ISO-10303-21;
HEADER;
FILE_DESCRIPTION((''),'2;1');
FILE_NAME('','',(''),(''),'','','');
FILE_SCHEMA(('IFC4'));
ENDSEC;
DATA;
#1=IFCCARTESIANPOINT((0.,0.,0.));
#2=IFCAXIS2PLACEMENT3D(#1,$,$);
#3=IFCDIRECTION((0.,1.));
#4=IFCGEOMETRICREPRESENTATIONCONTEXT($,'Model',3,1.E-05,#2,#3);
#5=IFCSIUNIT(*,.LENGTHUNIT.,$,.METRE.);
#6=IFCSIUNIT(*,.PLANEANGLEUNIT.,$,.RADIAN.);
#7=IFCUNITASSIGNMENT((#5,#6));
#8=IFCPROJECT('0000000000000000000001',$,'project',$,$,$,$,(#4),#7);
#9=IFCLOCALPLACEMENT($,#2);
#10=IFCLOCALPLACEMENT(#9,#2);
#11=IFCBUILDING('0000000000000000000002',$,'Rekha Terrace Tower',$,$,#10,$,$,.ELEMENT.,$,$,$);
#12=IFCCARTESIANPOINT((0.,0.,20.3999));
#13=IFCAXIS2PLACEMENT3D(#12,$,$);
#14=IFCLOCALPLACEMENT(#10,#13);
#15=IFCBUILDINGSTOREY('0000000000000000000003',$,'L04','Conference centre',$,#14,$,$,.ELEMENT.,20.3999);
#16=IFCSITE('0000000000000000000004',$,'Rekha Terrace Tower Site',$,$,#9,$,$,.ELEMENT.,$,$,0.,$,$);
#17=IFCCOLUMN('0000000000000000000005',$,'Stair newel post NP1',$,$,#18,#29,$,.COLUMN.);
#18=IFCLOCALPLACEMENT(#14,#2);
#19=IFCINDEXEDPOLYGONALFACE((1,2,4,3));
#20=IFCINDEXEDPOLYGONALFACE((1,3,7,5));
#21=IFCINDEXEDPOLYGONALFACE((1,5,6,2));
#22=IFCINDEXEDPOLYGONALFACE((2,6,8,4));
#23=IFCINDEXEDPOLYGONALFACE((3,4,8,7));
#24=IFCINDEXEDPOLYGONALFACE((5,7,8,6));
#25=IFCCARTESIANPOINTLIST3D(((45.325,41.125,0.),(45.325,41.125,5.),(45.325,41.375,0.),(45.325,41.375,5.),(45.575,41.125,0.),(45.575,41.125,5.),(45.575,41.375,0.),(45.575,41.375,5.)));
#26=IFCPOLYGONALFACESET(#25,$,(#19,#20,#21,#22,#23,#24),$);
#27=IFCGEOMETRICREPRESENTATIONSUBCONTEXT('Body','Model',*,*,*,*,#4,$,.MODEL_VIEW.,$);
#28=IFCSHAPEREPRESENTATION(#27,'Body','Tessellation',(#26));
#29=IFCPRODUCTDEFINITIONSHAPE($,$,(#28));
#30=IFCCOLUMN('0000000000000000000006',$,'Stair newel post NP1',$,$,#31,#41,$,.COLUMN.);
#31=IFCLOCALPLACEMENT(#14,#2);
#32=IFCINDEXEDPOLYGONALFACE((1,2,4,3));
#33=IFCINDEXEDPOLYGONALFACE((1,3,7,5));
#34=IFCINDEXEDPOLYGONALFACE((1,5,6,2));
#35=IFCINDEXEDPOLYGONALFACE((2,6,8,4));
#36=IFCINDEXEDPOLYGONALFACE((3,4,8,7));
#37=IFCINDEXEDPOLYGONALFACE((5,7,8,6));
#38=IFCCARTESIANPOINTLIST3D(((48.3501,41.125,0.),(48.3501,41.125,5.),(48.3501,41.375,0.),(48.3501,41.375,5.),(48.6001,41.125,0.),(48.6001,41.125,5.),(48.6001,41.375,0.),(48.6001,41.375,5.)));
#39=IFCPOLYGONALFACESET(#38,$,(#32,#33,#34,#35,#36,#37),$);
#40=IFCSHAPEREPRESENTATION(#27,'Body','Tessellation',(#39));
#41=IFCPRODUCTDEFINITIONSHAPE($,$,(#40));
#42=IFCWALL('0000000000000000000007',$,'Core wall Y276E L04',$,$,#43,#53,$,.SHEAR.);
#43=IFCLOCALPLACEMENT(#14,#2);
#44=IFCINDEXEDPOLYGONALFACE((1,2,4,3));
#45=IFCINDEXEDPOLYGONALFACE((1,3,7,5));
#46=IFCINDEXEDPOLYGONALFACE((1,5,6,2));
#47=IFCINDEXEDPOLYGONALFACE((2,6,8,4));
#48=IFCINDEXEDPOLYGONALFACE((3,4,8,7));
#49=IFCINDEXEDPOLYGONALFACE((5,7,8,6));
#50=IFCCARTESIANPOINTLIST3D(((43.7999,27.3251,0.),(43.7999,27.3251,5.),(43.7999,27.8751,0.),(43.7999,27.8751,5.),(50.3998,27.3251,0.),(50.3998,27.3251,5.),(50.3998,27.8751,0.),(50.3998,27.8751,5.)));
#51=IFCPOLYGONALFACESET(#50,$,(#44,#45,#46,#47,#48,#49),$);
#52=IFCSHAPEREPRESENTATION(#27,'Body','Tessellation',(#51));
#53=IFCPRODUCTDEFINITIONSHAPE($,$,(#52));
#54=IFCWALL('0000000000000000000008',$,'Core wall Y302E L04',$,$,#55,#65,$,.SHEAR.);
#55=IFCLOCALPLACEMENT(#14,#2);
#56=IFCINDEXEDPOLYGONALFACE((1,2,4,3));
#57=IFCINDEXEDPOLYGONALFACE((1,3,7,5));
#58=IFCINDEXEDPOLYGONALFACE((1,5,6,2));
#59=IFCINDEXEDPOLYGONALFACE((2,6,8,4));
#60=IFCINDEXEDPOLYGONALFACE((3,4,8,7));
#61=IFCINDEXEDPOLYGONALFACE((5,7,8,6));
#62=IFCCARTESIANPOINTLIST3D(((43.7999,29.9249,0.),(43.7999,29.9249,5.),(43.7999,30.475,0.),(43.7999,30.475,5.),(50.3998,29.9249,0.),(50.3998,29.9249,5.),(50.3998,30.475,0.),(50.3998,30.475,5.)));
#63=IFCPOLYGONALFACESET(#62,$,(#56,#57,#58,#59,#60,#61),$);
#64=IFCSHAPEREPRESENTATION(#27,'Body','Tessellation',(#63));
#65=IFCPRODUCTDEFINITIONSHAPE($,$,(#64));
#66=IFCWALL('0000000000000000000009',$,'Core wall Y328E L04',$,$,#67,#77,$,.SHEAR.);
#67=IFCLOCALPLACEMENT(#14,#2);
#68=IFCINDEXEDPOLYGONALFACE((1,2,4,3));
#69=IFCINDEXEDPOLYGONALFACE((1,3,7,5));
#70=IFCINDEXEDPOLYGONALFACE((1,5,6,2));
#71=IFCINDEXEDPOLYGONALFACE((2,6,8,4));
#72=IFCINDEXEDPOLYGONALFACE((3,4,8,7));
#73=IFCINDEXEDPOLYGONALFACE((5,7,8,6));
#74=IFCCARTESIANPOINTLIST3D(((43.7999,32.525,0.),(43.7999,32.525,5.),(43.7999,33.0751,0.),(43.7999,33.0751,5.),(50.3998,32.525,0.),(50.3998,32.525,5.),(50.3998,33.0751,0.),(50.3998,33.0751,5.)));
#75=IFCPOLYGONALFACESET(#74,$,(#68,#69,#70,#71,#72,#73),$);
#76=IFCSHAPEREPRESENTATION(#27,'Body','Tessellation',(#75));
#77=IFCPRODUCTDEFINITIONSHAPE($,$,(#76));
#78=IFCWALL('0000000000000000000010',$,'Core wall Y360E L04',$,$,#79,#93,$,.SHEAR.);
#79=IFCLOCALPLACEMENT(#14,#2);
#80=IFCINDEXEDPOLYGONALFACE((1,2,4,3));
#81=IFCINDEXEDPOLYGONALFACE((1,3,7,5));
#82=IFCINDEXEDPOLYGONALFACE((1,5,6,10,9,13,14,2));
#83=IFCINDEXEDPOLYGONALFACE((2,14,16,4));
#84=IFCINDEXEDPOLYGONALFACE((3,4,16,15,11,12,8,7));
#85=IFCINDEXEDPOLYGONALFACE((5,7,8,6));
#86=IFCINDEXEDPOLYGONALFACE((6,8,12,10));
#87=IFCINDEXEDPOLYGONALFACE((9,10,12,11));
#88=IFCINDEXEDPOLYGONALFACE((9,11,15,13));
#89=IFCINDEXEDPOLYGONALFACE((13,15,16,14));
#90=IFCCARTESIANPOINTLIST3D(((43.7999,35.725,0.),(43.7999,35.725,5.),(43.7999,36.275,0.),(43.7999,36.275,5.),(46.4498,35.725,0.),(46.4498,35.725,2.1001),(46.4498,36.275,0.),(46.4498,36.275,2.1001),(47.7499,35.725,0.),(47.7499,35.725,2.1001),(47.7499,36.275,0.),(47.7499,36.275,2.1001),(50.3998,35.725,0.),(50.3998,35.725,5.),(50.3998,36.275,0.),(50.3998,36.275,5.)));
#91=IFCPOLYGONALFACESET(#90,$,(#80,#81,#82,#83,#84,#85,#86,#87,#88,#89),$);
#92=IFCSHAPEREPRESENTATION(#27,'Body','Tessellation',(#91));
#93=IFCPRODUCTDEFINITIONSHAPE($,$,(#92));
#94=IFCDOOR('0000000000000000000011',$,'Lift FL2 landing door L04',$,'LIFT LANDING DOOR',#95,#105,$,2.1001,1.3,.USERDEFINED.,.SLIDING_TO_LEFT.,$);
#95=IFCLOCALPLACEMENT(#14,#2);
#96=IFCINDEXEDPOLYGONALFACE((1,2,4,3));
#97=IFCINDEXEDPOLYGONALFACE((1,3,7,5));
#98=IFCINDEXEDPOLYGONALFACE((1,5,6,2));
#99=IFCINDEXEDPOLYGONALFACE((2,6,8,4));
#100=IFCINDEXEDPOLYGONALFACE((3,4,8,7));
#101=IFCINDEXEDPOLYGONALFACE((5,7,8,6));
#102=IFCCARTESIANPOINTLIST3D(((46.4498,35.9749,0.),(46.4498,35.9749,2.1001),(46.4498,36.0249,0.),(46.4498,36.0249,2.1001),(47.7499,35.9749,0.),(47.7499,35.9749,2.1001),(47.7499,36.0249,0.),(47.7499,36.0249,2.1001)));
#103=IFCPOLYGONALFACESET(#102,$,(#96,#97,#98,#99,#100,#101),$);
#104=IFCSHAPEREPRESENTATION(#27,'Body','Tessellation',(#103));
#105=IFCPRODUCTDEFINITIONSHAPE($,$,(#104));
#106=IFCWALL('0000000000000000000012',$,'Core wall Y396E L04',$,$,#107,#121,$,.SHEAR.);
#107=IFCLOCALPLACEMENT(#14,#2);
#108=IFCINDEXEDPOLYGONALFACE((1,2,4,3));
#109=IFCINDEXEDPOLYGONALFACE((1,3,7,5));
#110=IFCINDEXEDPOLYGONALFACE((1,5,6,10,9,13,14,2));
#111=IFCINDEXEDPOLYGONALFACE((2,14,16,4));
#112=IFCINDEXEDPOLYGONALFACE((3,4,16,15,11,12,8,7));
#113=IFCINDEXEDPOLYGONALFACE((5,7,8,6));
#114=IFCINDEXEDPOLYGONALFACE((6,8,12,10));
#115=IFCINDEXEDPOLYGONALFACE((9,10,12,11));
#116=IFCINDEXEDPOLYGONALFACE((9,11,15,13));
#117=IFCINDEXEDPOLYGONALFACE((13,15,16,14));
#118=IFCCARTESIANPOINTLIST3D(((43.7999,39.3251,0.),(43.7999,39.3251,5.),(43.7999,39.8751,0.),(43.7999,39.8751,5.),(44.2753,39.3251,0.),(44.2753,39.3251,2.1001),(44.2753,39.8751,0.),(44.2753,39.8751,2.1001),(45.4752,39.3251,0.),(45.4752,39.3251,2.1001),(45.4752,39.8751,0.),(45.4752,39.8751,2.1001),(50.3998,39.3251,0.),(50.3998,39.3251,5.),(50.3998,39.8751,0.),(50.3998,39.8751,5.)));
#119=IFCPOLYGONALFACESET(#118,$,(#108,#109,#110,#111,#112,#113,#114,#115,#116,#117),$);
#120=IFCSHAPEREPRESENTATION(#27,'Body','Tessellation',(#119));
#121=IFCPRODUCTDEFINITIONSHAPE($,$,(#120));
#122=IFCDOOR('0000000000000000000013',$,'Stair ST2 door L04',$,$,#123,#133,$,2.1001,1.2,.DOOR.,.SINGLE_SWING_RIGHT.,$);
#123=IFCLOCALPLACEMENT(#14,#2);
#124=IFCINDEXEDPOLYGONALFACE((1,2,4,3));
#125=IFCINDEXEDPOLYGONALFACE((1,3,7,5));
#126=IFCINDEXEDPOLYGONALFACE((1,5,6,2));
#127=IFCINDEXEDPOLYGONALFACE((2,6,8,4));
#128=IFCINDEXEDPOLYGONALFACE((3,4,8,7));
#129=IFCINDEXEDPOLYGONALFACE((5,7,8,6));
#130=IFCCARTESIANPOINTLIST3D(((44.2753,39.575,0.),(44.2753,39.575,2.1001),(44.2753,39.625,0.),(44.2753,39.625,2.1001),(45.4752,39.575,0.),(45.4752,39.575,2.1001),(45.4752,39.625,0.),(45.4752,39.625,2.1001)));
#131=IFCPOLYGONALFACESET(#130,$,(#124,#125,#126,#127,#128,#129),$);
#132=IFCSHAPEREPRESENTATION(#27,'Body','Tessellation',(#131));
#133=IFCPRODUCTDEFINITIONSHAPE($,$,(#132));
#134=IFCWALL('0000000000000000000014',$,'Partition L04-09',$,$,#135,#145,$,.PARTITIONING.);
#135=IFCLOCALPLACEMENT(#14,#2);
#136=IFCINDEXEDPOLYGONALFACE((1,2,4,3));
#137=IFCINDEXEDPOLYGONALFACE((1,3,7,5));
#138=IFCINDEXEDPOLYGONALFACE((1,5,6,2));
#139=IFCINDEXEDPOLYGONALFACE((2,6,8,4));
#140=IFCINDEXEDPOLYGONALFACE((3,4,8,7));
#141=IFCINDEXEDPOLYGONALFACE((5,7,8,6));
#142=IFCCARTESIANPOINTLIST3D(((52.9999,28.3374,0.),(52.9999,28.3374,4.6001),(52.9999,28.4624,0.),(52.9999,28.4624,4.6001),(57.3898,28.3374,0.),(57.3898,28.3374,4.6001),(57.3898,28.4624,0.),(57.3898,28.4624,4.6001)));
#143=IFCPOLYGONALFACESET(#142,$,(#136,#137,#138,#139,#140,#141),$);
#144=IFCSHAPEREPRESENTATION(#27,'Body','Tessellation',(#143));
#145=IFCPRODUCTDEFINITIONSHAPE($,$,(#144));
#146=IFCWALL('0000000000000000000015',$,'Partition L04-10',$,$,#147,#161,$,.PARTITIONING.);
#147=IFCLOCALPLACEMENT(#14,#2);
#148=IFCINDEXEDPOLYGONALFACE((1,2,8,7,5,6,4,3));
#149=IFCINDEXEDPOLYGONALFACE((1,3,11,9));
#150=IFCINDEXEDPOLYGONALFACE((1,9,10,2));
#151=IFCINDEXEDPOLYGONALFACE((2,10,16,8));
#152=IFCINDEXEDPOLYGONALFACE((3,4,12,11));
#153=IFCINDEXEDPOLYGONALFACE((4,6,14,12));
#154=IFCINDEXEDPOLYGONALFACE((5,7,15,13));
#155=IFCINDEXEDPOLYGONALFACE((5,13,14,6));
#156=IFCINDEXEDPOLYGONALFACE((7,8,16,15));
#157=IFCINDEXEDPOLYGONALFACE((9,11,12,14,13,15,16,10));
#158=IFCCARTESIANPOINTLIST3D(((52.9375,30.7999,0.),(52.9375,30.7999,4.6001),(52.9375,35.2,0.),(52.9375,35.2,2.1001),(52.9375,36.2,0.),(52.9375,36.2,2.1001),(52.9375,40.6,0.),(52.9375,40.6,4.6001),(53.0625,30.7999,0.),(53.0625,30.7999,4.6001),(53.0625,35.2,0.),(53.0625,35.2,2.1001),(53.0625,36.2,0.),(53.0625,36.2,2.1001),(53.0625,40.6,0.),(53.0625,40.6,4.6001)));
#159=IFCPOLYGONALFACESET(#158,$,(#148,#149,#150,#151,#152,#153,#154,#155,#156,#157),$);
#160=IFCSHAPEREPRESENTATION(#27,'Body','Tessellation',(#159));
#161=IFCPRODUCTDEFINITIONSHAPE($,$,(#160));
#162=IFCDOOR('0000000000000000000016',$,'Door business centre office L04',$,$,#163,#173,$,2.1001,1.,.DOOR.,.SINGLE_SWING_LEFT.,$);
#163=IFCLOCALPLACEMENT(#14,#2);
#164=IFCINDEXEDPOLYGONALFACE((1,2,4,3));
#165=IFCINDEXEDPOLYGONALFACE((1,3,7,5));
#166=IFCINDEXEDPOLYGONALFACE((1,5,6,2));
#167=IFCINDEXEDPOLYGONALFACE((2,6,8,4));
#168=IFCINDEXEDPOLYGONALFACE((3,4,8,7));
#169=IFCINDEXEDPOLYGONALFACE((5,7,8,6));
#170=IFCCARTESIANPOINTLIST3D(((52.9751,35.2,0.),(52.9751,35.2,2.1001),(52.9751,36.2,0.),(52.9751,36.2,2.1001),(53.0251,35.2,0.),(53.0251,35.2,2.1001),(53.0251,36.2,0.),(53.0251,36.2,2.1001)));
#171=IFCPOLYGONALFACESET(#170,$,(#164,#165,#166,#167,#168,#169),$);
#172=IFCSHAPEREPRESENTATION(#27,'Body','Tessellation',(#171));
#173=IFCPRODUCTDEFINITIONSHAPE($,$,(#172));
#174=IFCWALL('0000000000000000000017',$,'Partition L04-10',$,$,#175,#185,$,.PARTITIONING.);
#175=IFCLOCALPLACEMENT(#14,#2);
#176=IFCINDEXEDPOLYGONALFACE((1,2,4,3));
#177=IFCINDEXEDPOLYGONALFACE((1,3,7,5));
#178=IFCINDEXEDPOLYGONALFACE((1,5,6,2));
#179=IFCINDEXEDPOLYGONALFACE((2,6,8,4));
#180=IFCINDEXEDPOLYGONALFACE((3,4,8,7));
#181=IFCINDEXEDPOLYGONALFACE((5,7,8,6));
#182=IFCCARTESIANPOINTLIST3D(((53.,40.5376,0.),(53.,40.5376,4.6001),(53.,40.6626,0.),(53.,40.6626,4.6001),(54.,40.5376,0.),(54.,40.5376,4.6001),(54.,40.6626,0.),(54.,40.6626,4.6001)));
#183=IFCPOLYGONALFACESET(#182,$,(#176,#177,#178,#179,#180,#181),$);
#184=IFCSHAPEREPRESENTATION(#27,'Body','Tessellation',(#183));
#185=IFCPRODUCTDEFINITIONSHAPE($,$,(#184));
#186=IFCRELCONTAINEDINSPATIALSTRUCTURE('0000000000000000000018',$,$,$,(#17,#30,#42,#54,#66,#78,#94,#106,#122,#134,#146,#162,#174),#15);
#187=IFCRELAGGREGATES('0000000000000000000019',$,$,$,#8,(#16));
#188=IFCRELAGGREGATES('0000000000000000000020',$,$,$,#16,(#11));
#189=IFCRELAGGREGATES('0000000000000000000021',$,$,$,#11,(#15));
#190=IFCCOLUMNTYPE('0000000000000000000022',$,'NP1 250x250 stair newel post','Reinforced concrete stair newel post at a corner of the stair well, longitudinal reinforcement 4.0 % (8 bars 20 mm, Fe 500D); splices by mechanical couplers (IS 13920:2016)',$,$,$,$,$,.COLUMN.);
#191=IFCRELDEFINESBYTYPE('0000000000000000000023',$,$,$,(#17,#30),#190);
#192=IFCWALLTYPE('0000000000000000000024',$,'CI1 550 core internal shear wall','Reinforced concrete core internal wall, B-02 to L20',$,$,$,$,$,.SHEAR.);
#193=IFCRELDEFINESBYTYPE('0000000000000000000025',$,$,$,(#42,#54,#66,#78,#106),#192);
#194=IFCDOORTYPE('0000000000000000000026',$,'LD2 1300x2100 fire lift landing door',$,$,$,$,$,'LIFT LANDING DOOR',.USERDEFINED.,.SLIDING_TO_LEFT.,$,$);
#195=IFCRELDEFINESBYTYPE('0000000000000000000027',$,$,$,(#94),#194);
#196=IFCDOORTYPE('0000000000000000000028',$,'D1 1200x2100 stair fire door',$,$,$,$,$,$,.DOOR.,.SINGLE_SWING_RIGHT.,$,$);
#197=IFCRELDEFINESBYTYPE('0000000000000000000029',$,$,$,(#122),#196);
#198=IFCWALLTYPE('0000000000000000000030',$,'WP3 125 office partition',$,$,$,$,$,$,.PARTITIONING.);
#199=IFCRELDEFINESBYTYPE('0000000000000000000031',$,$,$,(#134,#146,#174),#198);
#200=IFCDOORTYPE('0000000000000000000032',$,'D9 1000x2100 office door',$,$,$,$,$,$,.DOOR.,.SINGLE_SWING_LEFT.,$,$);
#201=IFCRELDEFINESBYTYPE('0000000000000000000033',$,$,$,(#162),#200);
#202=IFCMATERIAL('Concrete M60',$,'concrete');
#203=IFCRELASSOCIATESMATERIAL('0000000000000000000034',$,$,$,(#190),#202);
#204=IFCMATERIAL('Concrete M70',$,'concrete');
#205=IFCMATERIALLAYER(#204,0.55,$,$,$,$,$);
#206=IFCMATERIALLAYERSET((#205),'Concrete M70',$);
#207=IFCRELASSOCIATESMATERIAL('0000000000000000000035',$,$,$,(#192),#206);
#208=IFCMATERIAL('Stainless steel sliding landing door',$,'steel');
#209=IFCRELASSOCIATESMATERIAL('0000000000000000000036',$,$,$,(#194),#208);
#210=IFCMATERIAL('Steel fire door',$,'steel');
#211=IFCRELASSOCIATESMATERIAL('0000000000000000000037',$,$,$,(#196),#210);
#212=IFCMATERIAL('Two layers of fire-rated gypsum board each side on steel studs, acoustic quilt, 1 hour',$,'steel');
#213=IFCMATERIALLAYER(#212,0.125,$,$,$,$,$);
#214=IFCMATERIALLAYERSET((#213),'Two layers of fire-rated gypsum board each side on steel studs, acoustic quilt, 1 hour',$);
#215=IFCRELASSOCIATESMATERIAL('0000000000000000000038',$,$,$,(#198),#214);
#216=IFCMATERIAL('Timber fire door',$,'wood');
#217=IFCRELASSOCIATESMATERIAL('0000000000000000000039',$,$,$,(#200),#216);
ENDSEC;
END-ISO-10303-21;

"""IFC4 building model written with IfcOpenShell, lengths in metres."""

from ifc_helpers import new_model, si_unit, direction, frame, frame_2d, origin, origin_2d, place, context, subcontext, project, spatial, rectangle, extrude, material, layer, layer_set, material_profile, profile_set, type_object, element, fill, save


model = new_model("IFC4")

# Units and contexts
model_context = context("Model", 3, precision=1e-05, world=origin(), true_north=direction((0.0, 1.0)))
body_context = subcontext(model_context, "Body", "Model", "MODEL_VIEW")
ifc_project = project(units=[si_unit("LENGTHUNIT", "METRE"), si_unit("PLANEANGLEUNIT", "RADIAN")], contexts=[model_context])

# Site, building, storey
site_placement = place(None, origin())
site = spatial("IfcSite", under=ifc_project, at=site_placement, Name="Rekha Terrace Tower Site", CompositionType="ELEMENT", RefElevation=0.0)
building_placement = place(site_placement, origin())
building = spatial("IfcBuilding", under=site, at=building_placement, Name="Rekha Terrace Tower", CompositionType="ELEMENT")
storey_placement = place(building_placement, frame((0.0, 0.0, 20.3999)))
storey = spatial("IfcBuildingStorey", under=building, at=storey_placement, Name="L04", Description="Conference centre", CompositionType="ELEMENT", Elevation=20.3999)

# Columns
ifc_material_1 = material(Name="Concrete M60", Category="concrete")
ifc_material_profile = material_profile(ifc_material_1, rectangle(XDim=0.25, YDim=0.25, at=origin_2d()), Name="RC 250x250")
ifc_profile_set = profile_set([ifc_material_profile], Name="Concrete M60")
column_type = type_object("IfcColumnType", Name="NP1 250x250 stair newel post", Description="Reinforced concrete stair newel post at a corner of the stair well, longitudinal reinforcement 4.0 % (8 bars 20 mm, Fe 500D); splices by mechanical couplers (IS 13920:2016)", PredefinedType="COLUMN", material=ifc_profile_set)
for number, where, z_axis, x_axis, name in (
    (1, (45.45, 41.25, 0.0), (0.0, 0.0, 1.0), (1.0, 0.0, 0.0), "Stair newel post NP1"),
    (2, (48.4751, 41.25, 0.0), (0.0, 0.0, 1.0), (1.0, 0.0, 0.0), "Stair newel post NP1"),
):
    element("IfcColumn", number, at=place(storey_placement, frame(where, z_axis=z_axis, x_axis=x_axis)), inside=storey, type_object=column_type, Name=name, PredefinedType="COLUMN", context=body_context, shape_type="SweptSolid", body=[
        extrude(rectangle(XDim=0.25, YDim=0.25, at=origin_2d()), origin(), (0.0, 0.0, 1.0), 5.0),
    ])

# Walls
ifc_material_2 = material(Name="Concrete M70", Category="concrete")
ifc_layer_1 = layer(ifc_material_2, 0.55)
ifc_layer_set_1 = layer_set([ifc_layer_1], Name="Concrete M70")
wall_type_1 = type_object("IfcWallType", Name="CI1 550 core internal shear wall", Description="Reinforced concrete core internal wall, B-02 to L20", PredefinedType="SHEAR", material=ifc_layer_set_1)
for number, where, z_axis, x_axis, name in (
    (3, (43.8, 27.6001, 0.0), (0.0, 0.0, 1.0), (1.0, 0.0, 0.0), "Core wall Y276E L04"),
    (4, (43.8, 30.2, 0.0), (0.0, 0.0, 1.0), (1.0, 0.0, 0.0), "Core wall Y302E L04"),
    (5, (43.8, 32.8, 0.0), (0.0, 0.0, 1.0), (1.0, 0.0, 0.0), "Core wall Y328E L04"),
):
    element("IfcWall", number, at=place(storey_placement, frame(where, z_axis=z_axis, x_axis=x_axis)), inside=storey, type_object=wall_type_1, Name=name, PredefinedType="SHEAR", context=body_context, shape_type="SweptSolid", body=[
        extrude(rectangle(XDim=6.5999, YDim=0.55, at=frame_2d((3.2998, 0.0))), origin(), (0.0, 0.0, 1.0), 5.0),
    ])

# Walls, openings, doors
wall_1_placement = place(storey_placement, frame((43.8, 36.0, 0.0), z_axis=(0.0, 0.0, 1.0), x_axis=(1.0, 0.0, 0.0)))
wall_1 = element("IfcWall", 6, at=wall_1_placement, inside=storey, type_object=wall_type_1, Name="Core wall Y360E L04", PredefinedType="SHEAR", context=body_context, shape_type="SweptSolid", body=[
    extrude(rectangle(XDim=6.5999, YDim=0.55, at=frame_2d((3.2998, 0.0))), origin(), (0.0, 0.0, 1.0), 5.0),
])
opening_1_placement = place(wall_1_placement, frame((2.6499, 0.0, 0.0)))
opening_1 = element("IfcOpeningElement", 7, at=opening_1_placement, cuts=wall_1, PredefinedType="OPENING", context=body_context, shape_type="SweptSolid", body=[
    extrude(rectangle(XDim=1.3, YDim=2.1001, at=frame_2d((0.6499, 1.05))), frame((0.0, 0.2849, 0.0), z_axis=(0.0, -1.0, 0.0), x_axis=(1.0, 0.0, 0.0)), (0.0, 0.0, 1.0), 0.5701),
])
ifc_material_3 = material(Name="Stainless steel sliding landing door", Category="steel")
door_type_1 = type_object("IfcDoorType", Name="LD2 1300x2100 fire lift landing door", ElementType="LIFT LANDING DOOR", OperationType="SLIDING_TO_LEFT", PredefinedType="USERDEFINED", material=ifc_material_3)
door_1_placement = place(opening_1_placement, origin())
door_1 = element("IfcDoor", 8, at=door_1_placement, inside=storey, type_object=door_type_1, Name="Lift FL2 landing door L04", ObjectType="LIFT LANDING DOOR", OperationType="SLIDING_TO_LEFT", OverallHeight=2.1001, OverallWidth=1.3, PredefinedType="USERDEFINED", context=body_context, shape_type="SweptSolid", body=[
    extrude(rectangle(XDim=1.3, YDim=2.1001, at=frame_2d((0.6499, 1.05))), frame((0.0, 0.0249, 0.0), z_axis=(0.0, -1.0, 0.0), x_axis=(1.0, 0.0, 0.0)), (0.0, 0.0, 1.0), 0.05),
])
fill(opening_1, door_1)
wall_2_placement = place(storey_placement, frame((43.8, 39.6001, 0.0), z_axis=(0.0, 0.0, 1.0), x_axis=(1.0, 0.0, 0.0)))
wall_2 = element("IfcWall", 9, at=wall_2_placement, inside=storey, type_object=wall_type_1, Name="Core wall Y396E L04", PredefinedType="SHEAR", context=body_context, shape_type="SweptSolid", body=[
    extrude(rectangle(XDim=6.5999, YDim=0.55, at=frame_2d((3.2998, 0.0))), origin(), (0.0, 0.0, 1.0), 5.0),
])
opening_2_placement = place(wall_2_placement, frame((0.4751, 0.0, 0.0)))
opening_2 = element("IfcOpeningElement", 10, at=opening_2_placement, cuts=wall_2, PredefinedType="OPENING", context=body_context, shape_type="SweptSolid", body=[
    extrude(rectangle(XDim=1.2, YDim=2.1001, at=frame_2d((0.6001, 1.05))), frame((0.0, 0.2849, 0.0), z_axis=(0.0, -1.0, 0.0), x_axis=(1.0, 0.0, 0.0)), (0.0, 0.0, 1.0), 0.5701),
])
ifc_material_4 = material(Name="Steel fire door", Category="steel")
door_type_2 = type_object("IfcDoorType", Name="D1 1200x2100 stair fire door", OperationType="SINGLE_SWING_RIGHT", PredefinedType="DOOR", material=ifc_material_4)
door_2_placement = place(opening_2_placement, origin())
door_2 = element("IfcDoor", 11, at=door_2_placement, inside=storey, type_object=door_type_2, Name="Stair ST2 door L04", OperationType="SINGLE_SWING_RIGHT", OverallHeight=2.1001, OverallWidth=1.2, PredefinedType="DOOR", context=body_context, shape_type="SweptSolid", body=[
    extrude(rectangle(XDim=1.2, YDim=2.1001, at=frame_2d((0.6001, 1.05))), frame((0.0, 0.0249, 0.0), z_axis=(0.0, -1.0, 0.0), x_axis=(1.0, 0.0, 0.0)), (0.0, 0.0, 1.0), 0.05),
])
fill(opening_2, door_2)

# Wall
ifc_material_5 = material(Name="Two layers of fire-rated gypsum board each side on steel studs, acoustic quilt, 1 hour", Category="steel")
ifc_layer_2 = layer(ifc_material_5, 0.125)
ifc_layer_set_2 = layer_set([ifc_layer_2], Name="Two layers of fire-rated gypsum board each side on steel studs, acoustic quilt, 1 hour")
wall_type_2 = type_object("IfcWallType", Name="WP3 125 office partition", PredefinedType="PARTITIONING", material=ifc_layer_set_2)
wall_3_placement = place(storey_placement, frame((53.0, 28.3999, 0.0), z_axis=(0.0, 0.0, 1.0), x_axis=(1.0, 0.0, 0.0)))
element("IfcWall", 12, at=wall_3_placement, inside=storey, type_object=wall_type_2, Name="Partition L04-09", PredefinedType="PARTITIONING", context=body_context, shape_type="SweptSolid", body=[
    extrude(rectangle(XDim=4.3899, YDim=0.125, at=frame_2d((2.1948, 0.0))), origin(), (0.0, 0.0, 1.0), 4.6001),
])

# Wall, opening, door
wall_4_placement = place(storey_placement, frame((53.0, 30.8, 0.0), z_axis=(0.0, 0.0, 1.0), x_axis=(0.0, 1.0, 0.0)))
wall_4 = element("IfcWall", 13, at=wall_4_placement, inside=storey, type_object=wall_type_2, Name="Partition L04-10", PredefinedType="PARTITIONING", context=body_context, shape_type="SweptSolid", body=[
    extrude(rectangle(XDim=9.8, YDim=0.125, at=frame_2d((4.8999, 0.0))), origin(), (0.0, 0.0, 1.0), 4.6001),
])
opening_3_placement = place(wall_4_placement, frame((4.3999, 0.0, 0.0)))
opening_3 = element("IfcOpeningElement", 14, at=opening_3_placement, cuts=wall_4, PredefinedType="OPENING", context=body_context, shape_type="SweptSolid", body=[
    extrude(rectangle(XDim=1.0, YDim=2.1001, at=frame_2d((0.5, 1.05))), frame((0.0, 0.0725, 0.0), z_axis=(0.0, -1.0, 0.0), x_axis=(1.0, 0.0, 0.0)), (0.0, 0.0, 1.0), 0.145),
])
ifc_material_6 = material(Name="Timber fire door", Category="wood")
door_type_3 = type_object("IfcDoorType", Name="D9 1000x2100 office door", OperationType="SINGLE_SWING_LEFT", PredefinedType="DOOR", material=ifc_material_6)
door_3_placement = place(opening_3_placement, origin())
door_3 = element("IfcDoor", 15, at=door_3_placement, inside=storey, type_object=door_type_3, Name="Door business centre office L04", OperationType="SINGLE_SWING_LEFT", OverallHeight=2.1001, OverallWidth=1.0, PredefinedType="DOOR", context=body_context, shape_type="SweptSolid", body=[
    extrude(rectangle(XDim=1.0, YDim=2.1001, at=frame_2d((0.5, 1.05))), frame((0.0, 0.0249, 0.0), z_axis=(0.0, -1.0, 0.0), x_axis=(1.0, 0.0, 0.0)), (0.0, 0.0, 1.0), 0.05),
])
fill(opening_3, door_3)

# Wall
wall_5_placement = place(storey_placement, frame((53.0, 40.6001, 0.0), z_axis=(0.0, 0.0, 1.0), x_axis=(1.0, 0.0, 0.0)))
element("IfcWall", 16, at=wall_5_placement, inside=storey, type_object=wall_type_2, Name="Partition L04-10", PredefinedType="PARTITIONING", context=body_context, shape_type="SweptSolid", body=[
    extrude(rectangle(XDim=1.0, YDim=0.125, at=frame_2d((0.5, 0.0))), origin(), (0.0, 0.0, 1.0), 4.6001),
])

save(model, "model.ifc")
